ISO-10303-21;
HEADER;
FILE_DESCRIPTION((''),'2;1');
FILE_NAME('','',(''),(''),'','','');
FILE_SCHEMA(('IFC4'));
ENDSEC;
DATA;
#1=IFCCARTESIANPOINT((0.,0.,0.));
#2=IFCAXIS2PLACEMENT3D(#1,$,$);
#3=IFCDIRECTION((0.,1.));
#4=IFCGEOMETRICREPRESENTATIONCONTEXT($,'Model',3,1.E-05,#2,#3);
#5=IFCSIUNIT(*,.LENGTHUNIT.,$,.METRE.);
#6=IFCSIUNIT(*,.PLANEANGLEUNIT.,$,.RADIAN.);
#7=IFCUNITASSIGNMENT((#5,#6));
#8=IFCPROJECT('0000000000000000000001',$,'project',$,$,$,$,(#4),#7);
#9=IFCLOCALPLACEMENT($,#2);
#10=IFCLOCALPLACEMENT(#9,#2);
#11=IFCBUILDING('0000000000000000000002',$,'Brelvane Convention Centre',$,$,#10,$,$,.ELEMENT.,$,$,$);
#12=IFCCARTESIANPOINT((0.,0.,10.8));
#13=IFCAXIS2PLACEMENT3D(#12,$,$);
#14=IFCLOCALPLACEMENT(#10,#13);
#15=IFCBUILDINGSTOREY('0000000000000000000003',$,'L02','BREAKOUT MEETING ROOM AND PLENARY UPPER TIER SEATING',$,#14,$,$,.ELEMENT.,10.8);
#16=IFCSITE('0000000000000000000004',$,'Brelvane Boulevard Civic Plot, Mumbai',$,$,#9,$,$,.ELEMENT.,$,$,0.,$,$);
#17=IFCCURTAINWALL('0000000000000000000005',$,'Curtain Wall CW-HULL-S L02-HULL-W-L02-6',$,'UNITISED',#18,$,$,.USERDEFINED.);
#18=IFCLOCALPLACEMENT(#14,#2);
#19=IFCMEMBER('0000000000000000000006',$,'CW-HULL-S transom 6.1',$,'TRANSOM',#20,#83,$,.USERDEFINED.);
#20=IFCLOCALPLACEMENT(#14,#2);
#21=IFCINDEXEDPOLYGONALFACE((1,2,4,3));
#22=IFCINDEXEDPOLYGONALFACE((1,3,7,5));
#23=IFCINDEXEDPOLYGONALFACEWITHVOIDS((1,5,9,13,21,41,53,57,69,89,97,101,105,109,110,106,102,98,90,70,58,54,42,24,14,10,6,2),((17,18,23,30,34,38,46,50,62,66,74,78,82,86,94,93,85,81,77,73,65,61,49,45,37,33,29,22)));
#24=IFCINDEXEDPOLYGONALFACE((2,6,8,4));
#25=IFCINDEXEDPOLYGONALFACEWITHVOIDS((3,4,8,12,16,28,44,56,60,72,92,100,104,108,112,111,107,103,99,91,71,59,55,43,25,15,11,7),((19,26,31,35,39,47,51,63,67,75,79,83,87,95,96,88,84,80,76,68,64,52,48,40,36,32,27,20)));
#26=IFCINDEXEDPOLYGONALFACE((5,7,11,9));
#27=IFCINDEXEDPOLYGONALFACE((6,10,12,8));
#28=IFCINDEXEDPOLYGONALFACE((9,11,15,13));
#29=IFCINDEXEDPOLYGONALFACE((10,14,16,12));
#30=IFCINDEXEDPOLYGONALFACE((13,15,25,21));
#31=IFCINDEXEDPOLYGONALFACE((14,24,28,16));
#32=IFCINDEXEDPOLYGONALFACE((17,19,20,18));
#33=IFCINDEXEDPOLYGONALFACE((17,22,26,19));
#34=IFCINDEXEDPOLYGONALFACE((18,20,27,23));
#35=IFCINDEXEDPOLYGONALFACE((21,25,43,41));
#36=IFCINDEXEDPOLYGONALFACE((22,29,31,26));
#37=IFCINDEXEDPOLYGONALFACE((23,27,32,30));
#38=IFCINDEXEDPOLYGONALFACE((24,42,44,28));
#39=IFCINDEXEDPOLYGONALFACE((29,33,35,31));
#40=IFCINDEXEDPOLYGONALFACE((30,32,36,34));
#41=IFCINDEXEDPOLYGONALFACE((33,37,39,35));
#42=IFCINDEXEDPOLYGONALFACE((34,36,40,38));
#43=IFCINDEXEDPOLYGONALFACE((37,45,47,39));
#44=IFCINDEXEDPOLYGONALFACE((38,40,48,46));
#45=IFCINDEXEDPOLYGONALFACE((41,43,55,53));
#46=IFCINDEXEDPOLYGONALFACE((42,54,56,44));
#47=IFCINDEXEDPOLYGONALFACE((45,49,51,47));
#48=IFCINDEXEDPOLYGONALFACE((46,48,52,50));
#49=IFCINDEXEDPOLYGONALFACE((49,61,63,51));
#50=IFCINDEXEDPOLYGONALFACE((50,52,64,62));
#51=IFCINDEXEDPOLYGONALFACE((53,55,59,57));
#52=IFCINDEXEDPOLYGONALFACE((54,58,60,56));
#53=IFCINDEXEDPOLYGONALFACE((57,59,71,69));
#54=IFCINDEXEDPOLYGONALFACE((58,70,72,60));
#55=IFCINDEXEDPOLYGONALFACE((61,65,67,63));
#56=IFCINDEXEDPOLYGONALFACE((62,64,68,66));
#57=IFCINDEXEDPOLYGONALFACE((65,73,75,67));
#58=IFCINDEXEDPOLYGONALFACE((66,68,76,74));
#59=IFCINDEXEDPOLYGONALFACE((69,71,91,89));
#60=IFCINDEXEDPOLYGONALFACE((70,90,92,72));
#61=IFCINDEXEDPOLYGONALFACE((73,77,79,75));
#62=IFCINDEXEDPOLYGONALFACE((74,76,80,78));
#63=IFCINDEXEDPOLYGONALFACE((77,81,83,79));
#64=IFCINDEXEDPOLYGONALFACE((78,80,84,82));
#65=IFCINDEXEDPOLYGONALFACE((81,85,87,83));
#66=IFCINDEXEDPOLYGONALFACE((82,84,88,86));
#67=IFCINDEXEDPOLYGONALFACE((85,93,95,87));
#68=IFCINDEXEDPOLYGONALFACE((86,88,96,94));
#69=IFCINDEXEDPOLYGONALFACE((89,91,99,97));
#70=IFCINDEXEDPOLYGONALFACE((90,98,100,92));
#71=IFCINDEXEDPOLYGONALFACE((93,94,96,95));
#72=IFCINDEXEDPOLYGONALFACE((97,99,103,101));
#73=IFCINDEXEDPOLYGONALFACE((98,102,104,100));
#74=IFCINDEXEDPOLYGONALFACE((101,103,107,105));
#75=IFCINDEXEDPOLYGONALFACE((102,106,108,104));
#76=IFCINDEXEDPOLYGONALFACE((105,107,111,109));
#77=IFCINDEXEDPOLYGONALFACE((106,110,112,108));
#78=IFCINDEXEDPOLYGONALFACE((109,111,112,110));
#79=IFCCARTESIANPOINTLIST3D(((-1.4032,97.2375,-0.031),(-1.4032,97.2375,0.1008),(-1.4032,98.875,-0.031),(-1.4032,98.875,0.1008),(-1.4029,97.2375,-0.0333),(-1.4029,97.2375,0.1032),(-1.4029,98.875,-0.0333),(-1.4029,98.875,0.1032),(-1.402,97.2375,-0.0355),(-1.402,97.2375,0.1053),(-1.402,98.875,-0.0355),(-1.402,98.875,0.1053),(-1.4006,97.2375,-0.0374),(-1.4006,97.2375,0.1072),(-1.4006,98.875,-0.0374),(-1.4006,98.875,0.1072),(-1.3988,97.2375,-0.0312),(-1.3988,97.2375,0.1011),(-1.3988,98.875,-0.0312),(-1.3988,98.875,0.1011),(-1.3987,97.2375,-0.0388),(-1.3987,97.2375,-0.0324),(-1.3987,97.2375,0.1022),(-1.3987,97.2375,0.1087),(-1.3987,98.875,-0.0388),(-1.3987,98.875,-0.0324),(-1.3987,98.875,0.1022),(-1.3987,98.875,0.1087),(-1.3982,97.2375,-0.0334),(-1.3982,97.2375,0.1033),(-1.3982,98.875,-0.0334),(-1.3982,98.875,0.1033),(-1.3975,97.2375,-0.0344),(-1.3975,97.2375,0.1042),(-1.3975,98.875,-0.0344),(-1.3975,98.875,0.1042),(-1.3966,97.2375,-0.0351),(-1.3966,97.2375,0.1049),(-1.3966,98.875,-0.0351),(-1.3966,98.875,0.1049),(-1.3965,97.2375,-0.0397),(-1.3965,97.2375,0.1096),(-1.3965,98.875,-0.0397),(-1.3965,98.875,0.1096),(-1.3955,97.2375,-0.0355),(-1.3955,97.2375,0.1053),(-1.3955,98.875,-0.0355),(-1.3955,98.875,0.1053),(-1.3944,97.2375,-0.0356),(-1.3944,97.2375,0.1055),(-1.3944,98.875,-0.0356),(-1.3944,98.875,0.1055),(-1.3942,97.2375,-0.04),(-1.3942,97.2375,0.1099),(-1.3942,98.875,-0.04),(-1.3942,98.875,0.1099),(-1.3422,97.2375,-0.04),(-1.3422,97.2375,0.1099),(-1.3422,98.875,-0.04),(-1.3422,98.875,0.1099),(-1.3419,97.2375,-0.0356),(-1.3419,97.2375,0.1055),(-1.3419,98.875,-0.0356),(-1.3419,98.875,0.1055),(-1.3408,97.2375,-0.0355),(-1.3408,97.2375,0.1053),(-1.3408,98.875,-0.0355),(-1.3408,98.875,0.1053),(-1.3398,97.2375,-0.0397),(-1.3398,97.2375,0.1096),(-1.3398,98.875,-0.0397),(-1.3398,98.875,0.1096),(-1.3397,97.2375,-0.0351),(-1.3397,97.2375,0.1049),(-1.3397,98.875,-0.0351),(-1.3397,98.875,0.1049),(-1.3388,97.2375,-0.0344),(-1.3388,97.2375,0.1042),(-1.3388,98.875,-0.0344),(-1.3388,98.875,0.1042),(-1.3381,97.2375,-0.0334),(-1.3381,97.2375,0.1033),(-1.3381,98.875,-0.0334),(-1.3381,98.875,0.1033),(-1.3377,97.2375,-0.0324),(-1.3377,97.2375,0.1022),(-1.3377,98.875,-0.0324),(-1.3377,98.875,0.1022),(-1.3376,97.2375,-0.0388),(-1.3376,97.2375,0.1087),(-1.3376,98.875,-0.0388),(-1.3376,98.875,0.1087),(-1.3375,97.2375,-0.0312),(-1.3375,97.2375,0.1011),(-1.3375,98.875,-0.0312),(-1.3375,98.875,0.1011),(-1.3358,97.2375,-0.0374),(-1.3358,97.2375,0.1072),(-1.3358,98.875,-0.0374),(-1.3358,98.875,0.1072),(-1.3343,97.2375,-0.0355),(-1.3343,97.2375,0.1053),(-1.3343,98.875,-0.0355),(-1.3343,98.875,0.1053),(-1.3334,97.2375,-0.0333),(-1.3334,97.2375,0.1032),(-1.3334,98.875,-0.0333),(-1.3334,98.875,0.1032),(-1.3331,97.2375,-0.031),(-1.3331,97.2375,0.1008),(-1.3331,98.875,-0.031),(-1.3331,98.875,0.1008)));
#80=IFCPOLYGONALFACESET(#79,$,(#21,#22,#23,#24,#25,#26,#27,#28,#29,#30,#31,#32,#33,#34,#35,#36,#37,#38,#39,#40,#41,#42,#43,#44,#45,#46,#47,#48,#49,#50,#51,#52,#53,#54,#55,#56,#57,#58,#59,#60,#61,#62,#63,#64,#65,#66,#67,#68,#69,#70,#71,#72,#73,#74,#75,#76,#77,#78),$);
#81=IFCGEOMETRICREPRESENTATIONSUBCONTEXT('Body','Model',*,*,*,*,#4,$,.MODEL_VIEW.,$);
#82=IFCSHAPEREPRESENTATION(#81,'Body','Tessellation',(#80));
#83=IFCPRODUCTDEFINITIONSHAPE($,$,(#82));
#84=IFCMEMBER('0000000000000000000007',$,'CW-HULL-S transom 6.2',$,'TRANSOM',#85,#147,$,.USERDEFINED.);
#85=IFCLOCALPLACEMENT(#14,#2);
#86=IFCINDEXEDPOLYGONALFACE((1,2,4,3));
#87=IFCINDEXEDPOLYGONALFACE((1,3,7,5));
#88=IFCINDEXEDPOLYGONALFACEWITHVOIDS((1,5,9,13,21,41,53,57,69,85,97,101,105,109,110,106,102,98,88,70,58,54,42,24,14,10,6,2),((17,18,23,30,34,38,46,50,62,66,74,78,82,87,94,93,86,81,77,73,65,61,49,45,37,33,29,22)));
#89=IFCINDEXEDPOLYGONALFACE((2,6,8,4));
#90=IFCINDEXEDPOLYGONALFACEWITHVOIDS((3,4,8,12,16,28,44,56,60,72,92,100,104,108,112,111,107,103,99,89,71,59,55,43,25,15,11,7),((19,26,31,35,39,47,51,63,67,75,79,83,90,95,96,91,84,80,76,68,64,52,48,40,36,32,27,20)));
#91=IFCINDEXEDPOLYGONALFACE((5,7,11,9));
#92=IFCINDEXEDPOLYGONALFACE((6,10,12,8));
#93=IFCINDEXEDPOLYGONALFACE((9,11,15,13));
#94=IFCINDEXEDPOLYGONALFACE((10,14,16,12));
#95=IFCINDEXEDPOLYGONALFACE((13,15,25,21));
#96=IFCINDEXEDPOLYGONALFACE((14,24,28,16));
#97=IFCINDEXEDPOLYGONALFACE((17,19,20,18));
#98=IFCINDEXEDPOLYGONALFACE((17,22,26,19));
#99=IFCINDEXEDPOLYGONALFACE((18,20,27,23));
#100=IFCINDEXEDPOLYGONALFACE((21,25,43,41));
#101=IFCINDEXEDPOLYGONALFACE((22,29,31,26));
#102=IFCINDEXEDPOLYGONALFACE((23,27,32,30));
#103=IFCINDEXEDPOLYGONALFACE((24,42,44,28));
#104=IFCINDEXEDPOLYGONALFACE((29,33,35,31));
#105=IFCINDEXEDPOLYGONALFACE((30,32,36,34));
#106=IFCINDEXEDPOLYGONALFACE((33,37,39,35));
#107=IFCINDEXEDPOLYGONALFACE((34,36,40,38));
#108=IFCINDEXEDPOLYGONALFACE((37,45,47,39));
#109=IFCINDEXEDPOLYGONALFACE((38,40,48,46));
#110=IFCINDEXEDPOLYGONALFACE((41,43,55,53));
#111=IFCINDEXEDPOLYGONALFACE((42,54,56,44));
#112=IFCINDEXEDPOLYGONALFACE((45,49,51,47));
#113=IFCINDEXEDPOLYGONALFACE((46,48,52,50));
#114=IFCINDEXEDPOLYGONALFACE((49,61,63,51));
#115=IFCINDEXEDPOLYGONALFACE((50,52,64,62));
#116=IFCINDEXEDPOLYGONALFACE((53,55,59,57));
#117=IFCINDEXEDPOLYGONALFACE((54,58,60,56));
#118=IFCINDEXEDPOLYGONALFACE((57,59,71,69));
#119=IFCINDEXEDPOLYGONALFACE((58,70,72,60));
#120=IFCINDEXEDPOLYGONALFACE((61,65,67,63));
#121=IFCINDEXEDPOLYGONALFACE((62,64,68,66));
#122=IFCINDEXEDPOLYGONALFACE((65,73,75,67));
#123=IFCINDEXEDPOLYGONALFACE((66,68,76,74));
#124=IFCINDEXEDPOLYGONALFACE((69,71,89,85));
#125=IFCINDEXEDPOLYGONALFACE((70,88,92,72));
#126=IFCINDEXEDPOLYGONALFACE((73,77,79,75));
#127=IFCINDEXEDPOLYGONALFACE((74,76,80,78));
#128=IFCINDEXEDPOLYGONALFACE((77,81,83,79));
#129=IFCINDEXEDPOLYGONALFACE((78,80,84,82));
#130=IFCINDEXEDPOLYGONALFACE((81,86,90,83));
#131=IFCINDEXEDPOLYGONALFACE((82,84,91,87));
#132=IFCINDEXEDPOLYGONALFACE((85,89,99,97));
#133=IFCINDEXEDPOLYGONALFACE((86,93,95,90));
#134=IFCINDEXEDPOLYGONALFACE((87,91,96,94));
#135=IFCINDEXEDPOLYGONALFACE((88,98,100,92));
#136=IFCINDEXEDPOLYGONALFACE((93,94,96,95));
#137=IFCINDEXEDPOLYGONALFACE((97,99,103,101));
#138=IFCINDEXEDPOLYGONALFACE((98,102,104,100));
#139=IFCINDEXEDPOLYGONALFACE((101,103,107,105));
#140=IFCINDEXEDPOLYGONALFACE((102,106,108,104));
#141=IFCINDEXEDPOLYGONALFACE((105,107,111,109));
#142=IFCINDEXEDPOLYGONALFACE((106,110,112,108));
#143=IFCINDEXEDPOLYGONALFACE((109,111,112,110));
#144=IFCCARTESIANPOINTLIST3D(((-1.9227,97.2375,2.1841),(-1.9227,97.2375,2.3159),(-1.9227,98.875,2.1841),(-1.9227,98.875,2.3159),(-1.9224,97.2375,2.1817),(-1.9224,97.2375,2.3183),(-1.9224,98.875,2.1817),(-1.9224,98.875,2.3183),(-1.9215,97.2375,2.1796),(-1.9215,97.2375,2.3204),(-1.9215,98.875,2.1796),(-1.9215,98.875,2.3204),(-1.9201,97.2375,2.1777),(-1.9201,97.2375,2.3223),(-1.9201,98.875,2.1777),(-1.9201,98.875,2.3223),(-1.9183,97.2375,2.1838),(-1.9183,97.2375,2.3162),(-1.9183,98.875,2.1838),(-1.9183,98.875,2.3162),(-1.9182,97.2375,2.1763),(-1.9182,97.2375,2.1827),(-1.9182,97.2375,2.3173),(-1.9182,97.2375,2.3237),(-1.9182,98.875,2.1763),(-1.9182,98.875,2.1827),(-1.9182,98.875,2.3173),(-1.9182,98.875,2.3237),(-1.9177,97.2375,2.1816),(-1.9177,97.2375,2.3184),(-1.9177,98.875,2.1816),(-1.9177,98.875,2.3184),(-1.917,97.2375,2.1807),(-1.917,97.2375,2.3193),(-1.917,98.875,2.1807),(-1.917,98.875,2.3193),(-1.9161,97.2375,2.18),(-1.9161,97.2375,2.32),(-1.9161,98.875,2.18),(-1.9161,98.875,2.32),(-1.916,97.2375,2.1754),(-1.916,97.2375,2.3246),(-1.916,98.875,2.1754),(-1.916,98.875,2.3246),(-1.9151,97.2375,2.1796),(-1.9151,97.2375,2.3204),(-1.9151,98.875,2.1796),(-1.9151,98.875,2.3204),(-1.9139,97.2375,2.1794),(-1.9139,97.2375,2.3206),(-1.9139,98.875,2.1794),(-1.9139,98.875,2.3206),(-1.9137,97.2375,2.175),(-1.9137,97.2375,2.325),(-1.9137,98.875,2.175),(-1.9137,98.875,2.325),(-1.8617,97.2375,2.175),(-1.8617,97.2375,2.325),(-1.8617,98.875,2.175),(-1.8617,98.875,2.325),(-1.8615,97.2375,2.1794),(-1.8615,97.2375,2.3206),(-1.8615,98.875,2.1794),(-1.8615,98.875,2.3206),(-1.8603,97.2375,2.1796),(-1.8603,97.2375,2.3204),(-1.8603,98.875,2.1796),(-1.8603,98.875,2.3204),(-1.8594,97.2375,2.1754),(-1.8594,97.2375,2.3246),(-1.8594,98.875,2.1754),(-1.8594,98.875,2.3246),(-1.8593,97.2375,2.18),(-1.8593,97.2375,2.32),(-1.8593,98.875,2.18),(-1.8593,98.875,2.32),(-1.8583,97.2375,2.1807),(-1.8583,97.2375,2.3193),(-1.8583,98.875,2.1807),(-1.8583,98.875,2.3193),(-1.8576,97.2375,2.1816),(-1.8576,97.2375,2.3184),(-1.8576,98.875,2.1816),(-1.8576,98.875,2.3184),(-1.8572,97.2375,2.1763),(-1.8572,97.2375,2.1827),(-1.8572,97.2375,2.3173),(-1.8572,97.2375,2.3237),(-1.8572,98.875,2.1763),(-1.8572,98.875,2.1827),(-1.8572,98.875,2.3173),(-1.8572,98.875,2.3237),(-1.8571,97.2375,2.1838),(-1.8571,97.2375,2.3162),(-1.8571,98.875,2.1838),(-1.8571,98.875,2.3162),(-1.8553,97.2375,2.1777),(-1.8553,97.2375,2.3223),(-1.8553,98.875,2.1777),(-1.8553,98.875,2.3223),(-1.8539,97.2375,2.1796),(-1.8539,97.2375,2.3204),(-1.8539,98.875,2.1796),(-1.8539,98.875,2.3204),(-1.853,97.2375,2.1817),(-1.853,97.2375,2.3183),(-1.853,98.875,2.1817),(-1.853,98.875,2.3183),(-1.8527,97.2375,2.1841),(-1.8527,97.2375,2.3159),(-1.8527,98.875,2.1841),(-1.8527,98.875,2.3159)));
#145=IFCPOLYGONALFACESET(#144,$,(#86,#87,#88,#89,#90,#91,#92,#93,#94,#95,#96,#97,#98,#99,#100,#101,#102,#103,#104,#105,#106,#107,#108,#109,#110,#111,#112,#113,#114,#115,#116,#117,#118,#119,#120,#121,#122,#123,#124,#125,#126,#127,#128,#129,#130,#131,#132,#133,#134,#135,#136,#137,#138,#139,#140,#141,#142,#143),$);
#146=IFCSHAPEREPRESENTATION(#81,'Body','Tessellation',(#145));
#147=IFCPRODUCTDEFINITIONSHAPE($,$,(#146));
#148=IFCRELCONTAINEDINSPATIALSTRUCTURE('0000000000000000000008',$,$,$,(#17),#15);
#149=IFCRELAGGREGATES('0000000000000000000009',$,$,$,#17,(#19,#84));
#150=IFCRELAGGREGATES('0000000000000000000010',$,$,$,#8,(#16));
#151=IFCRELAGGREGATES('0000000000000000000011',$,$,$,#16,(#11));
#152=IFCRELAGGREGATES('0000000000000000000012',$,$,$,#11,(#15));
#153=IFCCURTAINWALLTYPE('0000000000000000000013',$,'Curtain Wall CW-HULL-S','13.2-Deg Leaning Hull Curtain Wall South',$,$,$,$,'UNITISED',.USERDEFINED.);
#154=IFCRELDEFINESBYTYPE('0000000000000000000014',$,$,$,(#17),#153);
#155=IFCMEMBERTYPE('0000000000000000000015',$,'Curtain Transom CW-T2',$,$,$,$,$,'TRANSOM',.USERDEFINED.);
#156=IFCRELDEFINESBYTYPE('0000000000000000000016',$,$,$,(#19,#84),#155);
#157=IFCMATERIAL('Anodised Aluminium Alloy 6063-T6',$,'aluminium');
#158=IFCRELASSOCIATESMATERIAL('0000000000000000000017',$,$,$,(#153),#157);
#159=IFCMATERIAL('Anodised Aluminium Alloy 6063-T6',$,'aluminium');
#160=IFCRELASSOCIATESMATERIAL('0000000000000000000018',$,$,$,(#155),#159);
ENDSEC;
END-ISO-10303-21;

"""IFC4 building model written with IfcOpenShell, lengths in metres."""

from ifc_helpers import new_model, si_unit, direction, frame, origin, origin_2d, place, context, subcontext, project, spatial, hollow_rectangle, extrude, material, material_profile, profile_set, type_object, element, aggregate, save


model = new_model("IFC4")

# Units and contexts
model_context = context("Model", 3, precision=1e-05, world=origin(), true_north=direction((0.0, 1.0)))
body_context = subcontext(model_context, "Body", "Model", "MODEL_VIEW")
ifc_project = project(units=[si_unit("LENGTHUNIT", "METRE"), si_unit("PLANEANGLEUNIT", "RADIAN")], contexts=[model_context])

# Site, building, storey
site_placement = place(None, origin())
site = spatial("IfcSite", under=ifc_project, at=site_placement, Name="Brelvane Boulevard Civic Plot, Mumbai", CompositionType="ELEMENT", RefElevation=0.0)
building_placement = place(site_placement, origin())
building = spatial("IfcBuilding", under=site, at=building_placement, Name="Brelvane Convention Centre", CompositionType="ELEMENT")
storey_placement = place(building_placement, frame((0.0, 0.0, 10.8)))
storey = spatial("IfcBuildingStorey", under=building, at=storey_placement, Name="L02", Description="BREAKOUT MEETING ROOM AND PLENARY UPPER TIER SEATING", CompositionType="ELEMENT", Elevation=10.8)

# Curtain wall, members
ifc_material_1 = material(Name="Anodised Aluminium Alloy 6063-T6", Category="aluminium")
curtain_wall_type = type_object("IfcCurtainWallType", Name="Curtain Wall CW-HULL-S", Description="13.2-Deg Leaning Hull Curtain Wall South", ElementType="UNITISED", PredefinedType="USERDEFINED", material=ifc_material_1)
curtain_wall_placement = place(storey_placement, origin())
curtain_wall = element("IfcCurtainWall", 1, at=curtain_wall_placement, inside=storey, type_object=curtain_wall_type, Name="Curtain Wall CW-HULL-S L02-HULL-W-L02-6", ObjectType="UNITISED", PredefinedType="USERDEFINED")
ifc_material_2 = material(Name="Anodised Aluminium Alloy 6063-T6", Category="aluminium")
ifc_material_profile_1 = material_profile(ifc_material_2, hollow_rectangle(XDim=0.0701, YDim=0.1499, WallThickness=0.0044, InnerFilletRadius=0.0044, OuterFilletRadius=0.009, at=origin_2d()), Name="ALU-T 150x70x4.5")
ifc_profile_set_1 = profile_set([ifc_material_profile_1], Name="Anodised Aluminium Alloy 6063-T6")
member_type_1 = type_object("IfcMemberType", Name="Curtain Transom CW-T2", ElementType="TRANSOM", PredefinedType="USERDEFINED", material=ifc_profile_set_1)
member_1_placement = place(storey_placement, frame((-1.3682, 97.2375, 0.0349), z_axis=(0.0, 1.0, 0.0), x_axis=(-1.0, 0.0, 0.0)))
member_1 = element("IfcMember", 2, at=member_1_placement, type_object=member_type_1, Name="CW-HULL-S transom 6.1", ObjectType="TRANSOM", PredefinedType="USERDEFINED", context=body_context, shape_type="SweptSolid", body=[
    extrude(hollow_rectangle(XDim=0.0701, YDim=0.1499, WallThickness=0.0044, InnerFilletRadius=0.0044, OuterFilletRadius=0.009, at=origin_2d()), origin(), (0.0, 0.0, 1.0), 1.6375),
])
member_2_placement = place(storey_placement, frame((-1.8877, 97.2375, 2.25), z_axis=(0.0, 1.0, 0.0), x_axis=(-1.0, 0.0, 0.0)))
member_2 = element("IfcMember", 3, at=member_2_placement, type_object=member_type_1, Name="CW-HULL-S transom 6.2", ObjectType="TRANSOM", PredefinedType="USERDEFINED", context=body_context, shape_type="SweptSolid", body=[
    extrude(hollow_rectangle(XDim=0.0701, YDim=0.1499, WallThickness=0.0044, InnerFilletRadius=0.0044, OuterFilletRadius=0.009, at=origin_2d()), origin(), (0.0, 0.0, 1.0), 1.6375),
])
aggregate(curtain_wall, [member_1, member_2])

save(model, "model.ifc")
